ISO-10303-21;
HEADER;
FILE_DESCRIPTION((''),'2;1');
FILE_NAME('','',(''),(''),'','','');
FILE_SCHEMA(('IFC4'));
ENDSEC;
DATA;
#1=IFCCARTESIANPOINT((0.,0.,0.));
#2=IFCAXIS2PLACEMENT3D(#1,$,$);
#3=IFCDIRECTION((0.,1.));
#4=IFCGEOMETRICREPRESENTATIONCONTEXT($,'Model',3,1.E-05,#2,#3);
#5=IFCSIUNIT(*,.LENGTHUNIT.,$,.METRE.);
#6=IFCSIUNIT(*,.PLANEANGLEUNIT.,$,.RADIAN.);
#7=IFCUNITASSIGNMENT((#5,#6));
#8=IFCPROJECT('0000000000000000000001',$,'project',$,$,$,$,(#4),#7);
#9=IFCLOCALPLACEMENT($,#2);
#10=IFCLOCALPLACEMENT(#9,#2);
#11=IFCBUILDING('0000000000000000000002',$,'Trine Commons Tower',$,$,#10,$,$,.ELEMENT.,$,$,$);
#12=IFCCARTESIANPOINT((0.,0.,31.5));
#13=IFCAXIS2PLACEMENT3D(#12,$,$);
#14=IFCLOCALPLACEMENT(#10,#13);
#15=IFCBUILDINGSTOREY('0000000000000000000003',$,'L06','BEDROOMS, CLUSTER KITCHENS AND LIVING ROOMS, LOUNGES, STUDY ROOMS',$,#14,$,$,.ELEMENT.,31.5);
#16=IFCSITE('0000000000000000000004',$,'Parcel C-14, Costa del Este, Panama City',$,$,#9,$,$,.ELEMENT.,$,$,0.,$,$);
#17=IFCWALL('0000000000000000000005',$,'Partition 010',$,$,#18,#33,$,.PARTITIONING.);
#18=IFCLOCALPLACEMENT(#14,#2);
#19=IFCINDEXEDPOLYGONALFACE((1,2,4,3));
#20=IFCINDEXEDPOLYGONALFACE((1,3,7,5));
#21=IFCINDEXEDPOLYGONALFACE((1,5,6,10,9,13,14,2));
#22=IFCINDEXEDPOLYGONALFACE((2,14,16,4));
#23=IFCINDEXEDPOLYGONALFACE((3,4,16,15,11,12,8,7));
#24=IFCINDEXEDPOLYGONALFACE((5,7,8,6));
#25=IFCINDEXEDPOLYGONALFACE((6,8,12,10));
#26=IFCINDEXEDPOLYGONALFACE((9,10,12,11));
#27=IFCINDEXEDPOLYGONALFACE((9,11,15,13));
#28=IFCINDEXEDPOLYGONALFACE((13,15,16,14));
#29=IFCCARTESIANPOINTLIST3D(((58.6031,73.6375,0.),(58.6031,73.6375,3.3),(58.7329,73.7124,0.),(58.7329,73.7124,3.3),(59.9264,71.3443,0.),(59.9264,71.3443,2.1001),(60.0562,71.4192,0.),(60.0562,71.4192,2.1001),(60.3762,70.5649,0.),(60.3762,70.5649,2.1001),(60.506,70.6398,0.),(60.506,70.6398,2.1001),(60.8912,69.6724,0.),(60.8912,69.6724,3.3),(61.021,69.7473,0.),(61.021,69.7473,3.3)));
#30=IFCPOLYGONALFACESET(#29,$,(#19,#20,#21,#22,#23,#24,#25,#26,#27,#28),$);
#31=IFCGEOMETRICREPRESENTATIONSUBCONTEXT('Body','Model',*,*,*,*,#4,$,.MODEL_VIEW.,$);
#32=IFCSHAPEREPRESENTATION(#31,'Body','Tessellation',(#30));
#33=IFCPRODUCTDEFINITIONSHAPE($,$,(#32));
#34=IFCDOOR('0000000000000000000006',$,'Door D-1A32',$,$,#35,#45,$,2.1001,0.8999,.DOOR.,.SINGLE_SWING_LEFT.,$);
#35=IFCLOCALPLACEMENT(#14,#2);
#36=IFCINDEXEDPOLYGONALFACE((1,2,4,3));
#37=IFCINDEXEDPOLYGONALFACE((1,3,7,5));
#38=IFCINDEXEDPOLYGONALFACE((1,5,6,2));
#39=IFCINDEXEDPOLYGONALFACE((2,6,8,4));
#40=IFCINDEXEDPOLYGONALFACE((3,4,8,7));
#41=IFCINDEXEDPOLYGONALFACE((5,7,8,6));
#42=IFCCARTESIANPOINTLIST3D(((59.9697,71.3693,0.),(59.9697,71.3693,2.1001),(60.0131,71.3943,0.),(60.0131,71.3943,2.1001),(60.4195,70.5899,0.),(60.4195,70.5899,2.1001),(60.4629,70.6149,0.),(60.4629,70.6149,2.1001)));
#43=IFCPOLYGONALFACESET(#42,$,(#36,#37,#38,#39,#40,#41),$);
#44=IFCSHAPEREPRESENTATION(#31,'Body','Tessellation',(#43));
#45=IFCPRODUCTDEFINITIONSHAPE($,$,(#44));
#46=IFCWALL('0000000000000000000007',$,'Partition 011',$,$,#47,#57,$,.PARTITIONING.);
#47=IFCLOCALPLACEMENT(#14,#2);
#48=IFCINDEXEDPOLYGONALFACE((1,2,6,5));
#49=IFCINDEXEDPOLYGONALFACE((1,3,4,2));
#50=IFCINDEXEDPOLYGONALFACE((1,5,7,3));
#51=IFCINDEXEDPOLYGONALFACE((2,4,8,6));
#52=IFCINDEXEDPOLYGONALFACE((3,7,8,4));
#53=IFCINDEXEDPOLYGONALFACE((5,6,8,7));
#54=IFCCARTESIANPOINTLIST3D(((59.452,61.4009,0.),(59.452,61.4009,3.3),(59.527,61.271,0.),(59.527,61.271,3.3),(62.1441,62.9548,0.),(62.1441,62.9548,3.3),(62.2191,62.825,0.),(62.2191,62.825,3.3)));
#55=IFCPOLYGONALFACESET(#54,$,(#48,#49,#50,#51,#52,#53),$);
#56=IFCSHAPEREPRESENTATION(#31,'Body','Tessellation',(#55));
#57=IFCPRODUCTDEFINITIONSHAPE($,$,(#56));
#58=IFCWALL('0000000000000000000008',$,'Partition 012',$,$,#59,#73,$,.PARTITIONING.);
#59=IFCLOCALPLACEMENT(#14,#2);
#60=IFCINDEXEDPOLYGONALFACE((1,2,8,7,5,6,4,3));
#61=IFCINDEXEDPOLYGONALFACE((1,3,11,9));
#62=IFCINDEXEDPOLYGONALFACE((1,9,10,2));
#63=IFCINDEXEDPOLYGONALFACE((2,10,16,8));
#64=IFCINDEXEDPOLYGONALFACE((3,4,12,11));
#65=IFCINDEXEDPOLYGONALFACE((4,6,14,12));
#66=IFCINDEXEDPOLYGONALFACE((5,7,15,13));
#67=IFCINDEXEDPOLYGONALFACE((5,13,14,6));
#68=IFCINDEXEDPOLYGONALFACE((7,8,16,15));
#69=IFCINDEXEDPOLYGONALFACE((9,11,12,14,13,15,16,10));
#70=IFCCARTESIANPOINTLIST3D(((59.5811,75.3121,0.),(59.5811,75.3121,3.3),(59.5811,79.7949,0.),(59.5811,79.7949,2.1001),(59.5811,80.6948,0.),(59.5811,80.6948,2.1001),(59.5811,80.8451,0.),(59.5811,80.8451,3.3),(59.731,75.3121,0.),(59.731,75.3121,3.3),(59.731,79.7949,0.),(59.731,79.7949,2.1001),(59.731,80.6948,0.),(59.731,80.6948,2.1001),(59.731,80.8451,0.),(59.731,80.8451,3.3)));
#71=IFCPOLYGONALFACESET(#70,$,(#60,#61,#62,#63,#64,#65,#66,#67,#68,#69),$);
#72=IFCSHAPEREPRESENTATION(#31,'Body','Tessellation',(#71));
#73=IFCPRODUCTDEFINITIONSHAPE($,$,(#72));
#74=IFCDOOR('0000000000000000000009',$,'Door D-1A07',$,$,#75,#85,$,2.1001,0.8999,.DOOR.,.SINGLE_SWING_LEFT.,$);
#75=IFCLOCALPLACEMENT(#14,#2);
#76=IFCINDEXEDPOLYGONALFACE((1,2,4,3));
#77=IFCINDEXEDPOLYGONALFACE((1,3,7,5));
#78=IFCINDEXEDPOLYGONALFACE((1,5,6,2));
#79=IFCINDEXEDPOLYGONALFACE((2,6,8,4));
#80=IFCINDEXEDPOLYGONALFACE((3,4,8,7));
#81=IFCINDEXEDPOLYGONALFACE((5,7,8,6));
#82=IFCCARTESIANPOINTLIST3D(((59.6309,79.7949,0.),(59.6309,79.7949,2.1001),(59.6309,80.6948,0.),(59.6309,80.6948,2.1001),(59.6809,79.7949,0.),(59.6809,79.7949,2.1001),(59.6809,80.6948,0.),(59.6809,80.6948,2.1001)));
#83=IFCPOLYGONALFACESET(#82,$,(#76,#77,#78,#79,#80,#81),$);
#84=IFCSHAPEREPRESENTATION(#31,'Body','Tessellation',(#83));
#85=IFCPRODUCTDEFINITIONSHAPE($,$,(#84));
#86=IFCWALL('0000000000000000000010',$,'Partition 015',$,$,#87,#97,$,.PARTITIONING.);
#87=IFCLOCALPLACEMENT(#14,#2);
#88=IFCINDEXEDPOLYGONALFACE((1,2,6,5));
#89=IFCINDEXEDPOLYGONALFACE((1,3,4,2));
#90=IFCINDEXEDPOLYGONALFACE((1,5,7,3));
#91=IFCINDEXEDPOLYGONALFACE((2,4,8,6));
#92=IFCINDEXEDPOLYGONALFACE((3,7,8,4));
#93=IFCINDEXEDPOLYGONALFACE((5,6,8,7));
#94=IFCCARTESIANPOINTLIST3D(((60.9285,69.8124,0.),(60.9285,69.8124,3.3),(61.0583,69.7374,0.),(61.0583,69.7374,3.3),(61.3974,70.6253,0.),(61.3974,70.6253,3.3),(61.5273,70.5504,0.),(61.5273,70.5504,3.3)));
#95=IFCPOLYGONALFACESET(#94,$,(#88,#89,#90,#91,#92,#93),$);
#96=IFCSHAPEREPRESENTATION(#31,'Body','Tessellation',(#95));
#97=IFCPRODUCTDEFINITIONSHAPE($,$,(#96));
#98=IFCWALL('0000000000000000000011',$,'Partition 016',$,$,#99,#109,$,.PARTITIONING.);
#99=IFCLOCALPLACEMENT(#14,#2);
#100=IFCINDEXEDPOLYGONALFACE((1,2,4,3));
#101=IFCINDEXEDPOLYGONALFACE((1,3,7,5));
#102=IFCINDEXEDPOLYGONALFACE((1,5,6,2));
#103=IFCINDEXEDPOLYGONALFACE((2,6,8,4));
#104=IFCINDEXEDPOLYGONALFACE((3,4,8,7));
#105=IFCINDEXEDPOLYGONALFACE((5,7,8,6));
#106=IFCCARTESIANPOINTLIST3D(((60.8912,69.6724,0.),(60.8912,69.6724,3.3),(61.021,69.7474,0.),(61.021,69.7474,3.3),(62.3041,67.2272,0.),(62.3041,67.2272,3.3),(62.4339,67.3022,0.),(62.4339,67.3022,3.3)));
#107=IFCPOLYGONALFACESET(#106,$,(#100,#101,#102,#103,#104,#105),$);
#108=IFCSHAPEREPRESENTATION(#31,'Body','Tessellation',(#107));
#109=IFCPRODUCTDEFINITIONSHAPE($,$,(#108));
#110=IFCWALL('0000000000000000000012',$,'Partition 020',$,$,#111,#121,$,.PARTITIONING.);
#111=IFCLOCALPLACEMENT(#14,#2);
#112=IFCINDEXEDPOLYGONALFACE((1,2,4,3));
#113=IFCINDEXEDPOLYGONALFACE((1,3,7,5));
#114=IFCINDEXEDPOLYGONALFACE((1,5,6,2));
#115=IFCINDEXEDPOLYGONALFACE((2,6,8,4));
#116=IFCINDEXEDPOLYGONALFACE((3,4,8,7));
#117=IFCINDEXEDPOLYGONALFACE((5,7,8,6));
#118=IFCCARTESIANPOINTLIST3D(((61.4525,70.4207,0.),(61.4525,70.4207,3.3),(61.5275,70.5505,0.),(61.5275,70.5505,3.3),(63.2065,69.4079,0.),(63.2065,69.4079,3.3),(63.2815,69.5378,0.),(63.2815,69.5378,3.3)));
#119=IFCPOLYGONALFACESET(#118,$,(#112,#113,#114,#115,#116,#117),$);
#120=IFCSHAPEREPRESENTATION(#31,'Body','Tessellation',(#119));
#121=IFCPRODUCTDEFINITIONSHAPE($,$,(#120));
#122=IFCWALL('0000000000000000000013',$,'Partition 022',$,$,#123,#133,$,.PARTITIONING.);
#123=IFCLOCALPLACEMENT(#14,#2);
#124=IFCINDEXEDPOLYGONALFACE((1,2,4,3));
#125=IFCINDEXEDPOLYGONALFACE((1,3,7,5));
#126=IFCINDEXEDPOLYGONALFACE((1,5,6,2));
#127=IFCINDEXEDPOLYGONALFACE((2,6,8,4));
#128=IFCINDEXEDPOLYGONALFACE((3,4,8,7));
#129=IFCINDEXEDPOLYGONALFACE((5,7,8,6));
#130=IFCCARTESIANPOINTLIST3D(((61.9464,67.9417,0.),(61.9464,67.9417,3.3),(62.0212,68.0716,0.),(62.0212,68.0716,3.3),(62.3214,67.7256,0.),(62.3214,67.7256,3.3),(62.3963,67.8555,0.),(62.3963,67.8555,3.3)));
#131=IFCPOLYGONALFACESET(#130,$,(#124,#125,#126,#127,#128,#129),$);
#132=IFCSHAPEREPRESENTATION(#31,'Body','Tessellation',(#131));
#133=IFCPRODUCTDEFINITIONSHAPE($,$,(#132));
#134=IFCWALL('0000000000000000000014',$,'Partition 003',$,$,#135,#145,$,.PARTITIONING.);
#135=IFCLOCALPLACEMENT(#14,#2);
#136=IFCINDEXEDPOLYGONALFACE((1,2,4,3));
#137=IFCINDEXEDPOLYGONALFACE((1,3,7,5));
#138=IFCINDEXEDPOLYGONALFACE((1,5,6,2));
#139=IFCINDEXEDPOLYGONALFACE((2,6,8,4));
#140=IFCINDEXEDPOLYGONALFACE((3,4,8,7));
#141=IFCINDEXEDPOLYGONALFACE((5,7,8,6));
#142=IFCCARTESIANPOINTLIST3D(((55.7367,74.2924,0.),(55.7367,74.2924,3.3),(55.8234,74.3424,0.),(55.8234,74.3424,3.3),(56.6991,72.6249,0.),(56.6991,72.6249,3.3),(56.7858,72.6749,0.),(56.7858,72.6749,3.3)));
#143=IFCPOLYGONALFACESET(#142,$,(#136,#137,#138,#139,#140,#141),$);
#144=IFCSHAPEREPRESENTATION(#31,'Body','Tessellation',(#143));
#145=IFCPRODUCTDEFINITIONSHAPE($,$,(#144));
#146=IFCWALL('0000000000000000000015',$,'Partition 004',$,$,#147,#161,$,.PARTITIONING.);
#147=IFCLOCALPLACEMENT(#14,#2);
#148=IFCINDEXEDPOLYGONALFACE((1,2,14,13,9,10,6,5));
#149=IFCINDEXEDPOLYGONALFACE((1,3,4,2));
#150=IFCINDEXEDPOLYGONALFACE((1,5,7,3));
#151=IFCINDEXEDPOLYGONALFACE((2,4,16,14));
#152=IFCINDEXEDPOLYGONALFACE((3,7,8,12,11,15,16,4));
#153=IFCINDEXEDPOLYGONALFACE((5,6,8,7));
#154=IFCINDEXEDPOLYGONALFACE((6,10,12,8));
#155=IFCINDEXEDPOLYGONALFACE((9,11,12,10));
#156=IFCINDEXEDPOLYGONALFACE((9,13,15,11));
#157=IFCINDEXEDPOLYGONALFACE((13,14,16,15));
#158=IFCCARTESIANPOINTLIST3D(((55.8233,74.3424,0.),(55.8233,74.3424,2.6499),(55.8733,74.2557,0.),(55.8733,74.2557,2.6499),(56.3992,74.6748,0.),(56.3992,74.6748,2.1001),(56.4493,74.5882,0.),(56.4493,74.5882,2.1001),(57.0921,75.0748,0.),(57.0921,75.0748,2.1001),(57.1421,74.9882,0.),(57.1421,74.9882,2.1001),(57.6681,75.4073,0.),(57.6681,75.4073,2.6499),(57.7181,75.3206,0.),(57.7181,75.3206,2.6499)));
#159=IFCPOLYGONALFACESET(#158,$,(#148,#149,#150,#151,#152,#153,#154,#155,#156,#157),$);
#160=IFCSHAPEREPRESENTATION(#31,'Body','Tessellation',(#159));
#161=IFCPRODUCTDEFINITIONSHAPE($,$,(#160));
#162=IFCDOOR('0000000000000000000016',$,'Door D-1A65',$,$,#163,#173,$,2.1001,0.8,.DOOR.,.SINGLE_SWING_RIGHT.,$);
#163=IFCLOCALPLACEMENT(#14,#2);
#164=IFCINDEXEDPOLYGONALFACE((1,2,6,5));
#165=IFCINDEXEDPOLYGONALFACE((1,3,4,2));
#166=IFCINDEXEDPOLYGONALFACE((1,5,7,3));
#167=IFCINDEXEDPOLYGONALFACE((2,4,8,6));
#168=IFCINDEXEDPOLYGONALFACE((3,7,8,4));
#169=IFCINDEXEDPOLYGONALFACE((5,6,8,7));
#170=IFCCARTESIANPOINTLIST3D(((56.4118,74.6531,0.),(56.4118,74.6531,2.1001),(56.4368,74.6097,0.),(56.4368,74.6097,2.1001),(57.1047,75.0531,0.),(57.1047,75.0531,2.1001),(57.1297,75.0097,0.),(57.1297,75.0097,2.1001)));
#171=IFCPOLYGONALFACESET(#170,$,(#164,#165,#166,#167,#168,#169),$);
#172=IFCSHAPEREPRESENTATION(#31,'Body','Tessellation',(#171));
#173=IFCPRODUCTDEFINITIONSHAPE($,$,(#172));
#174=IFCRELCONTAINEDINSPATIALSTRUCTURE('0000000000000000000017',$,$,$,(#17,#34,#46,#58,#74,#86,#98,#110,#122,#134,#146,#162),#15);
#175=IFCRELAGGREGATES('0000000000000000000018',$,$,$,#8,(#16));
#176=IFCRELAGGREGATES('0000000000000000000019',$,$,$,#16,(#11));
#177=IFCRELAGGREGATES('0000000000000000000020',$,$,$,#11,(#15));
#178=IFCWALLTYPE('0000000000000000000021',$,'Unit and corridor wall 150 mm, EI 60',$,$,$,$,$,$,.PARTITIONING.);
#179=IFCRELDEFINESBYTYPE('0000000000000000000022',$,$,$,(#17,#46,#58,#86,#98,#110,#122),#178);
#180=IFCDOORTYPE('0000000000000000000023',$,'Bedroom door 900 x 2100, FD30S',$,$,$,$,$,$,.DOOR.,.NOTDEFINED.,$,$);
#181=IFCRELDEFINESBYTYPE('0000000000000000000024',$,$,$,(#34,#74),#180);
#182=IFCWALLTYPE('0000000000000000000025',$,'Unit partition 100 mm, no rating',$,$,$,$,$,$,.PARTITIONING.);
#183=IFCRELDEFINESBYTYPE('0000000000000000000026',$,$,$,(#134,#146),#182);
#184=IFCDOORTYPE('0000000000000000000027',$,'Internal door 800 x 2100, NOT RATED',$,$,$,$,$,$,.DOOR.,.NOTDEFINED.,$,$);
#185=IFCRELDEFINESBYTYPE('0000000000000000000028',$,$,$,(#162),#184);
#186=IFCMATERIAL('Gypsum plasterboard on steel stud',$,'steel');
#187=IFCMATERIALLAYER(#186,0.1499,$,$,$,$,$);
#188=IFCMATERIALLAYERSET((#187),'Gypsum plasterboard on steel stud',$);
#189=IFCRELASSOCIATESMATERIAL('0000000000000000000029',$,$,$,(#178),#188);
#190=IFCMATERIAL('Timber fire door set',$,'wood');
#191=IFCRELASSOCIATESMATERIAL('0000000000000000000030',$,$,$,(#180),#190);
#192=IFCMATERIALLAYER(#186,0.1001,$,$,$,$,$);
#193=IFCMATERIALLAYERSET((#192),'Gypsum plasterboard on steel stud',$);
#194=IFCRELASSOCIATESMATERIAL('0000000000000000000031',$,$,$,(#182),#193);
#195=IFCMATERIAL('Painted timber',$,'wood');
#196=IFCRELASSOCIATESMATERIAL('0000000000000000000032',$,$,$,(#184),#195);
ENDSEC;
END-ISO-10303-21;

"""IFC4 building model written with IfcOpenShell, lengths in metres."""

from ifc_helpers import new_model, si_unit, direction, frame, frame_2d, origin, place, context, subcontext, project, spatial, rectangle, extrude, material, layer, layer_set, type_object, element, fill, save


model = new_model("IFC4")

# Units and contexts
model_context = context("Model", 3, precision=1e-05, world=origin(), true_north=direction((0.0, 1.0)))
body_context = subcontext(model_context, "Body", "Model", "MODEL_VIEW")
ifc_project = project(units=[si_unit("LENGTHUNIT", "METRE"), si_unit("PLANEANGLEUNIT", "RADIAN")], contexts=[model_context])

# Site, building, storey
site_placement = place(None, origin())
site = spatial("IfcSite", under=ifc_project, at=site_placement, Name="Parcel C-14, Costa del Este, Panama City", CompositionType="ELEMENT", RefElevation=0.0)
building_placement = place(site_placement, origin())
building = spatial("IfcBuilding", under=site, at=building_placement, Name="Trine Commons Tower", CompositionType="ELEMENT")
storey_placement = place(building_placement, frame((0.0, 0.0, 31.5)))
storey = spatial("IfcBuildingStorey", under=building, at=storey_placement, Name="L06", Description="BEDROOMS, CLUSTER KITCHENS AND LIVING ROOMS, LOUNGES, STUDY ROOMS", CompositionType="ELEMENT", Elevation=31.5)

# Shared definitions
ifc_material_1 = material(Name="Gypsum plasterboard on steel stud", Category="steel")
ifc_layer_1 = layer(ifc_material_1, 0.1499)
ifc_layer_set_1 = layer_set([ifc_layer_1], Name="Gypsum plasterboard on steel stud")
wall_type_1 = type_object("IfcWallType", Name="Unit and corridor wall 150 mm, EI 60", PredefinedType="PARTITIONING", material=ifc_layer_set_1)

# Wall, opening, door
wall_1_placement = place(storey_placement, frame((58.668, 73.675, 0.0), z_axis=(0.0, 0.0, 1.0), x_axis=(0.49981, -0.866135, 0.0)))
wall_1 = element("IfcWall", 1, at=wall_1_placement, inside=storey, type_object=wall_type_1, Name="Partition 010", PredefinedType="PARTITIONING", context=body_context, shape_type="SweptSolid", body=[
    extrude(rectangle(XDim=4.5779, YDim=0.1499, at=frame_2d((2.2891, 0.0))), origin(), (0.0, 0.0, 1.0), 3.3),
])
opening_1_placement = place(wall_1_placement, frame((2.6477, 0.0, 0.0)))
opening_1 = element("IfcOpeningElement", 2, at=opening_1_placement, cuts=wall_1, PredefinedType="OPENING", context=body_context, shape_type="SweptSolid", body=[
    extrude(rectangle(XDim=0.8999, YDim=2.1001, at=frame_2d((0.45, 1.05))), frame((0.0, 0.085, 0.0), z_axis=(0.0, -1.0, 0.0), x_axis=(1.0, 0.0, 0.0)), (0.0, 0.0, 1.0), 0.1699),
])
ifc_material_2 = material(Name="Timber fire door set", Category="wood")
door_type_1 = type_object("IfcDoorType", Name="Bedroom door 900 x 2100, FD30S", OperationType="NOTDEFINED", PredefinedType="DOOR", material=ifc_material_2)
door_1_placement = place(opening_1_placement, frame((0.8999, 0.0, 0.0), z_axis=(0.0, 0.0, 1.0), x_axis=(-1.0, 0.0, 0.0)))
door_1 = element("IfcDoor", 3, at=door_1_placement, inside=storey, type_object=door_type_1, Name="Door D-1A32", OperationType="SINGLE_SWING_LEFT", OverallHeight=2.1001, OverallWidth=0.8999, PredefinedType="DOOR", context=body_context, shape_type="SweptSolid", body=[
    extrude(rectangle(XDim=0.8999, YDim=2.1001, at=frame_2d((0.45, 1.05))), frame((0.0, 0.0249, 0.0), z_axis=(0.0, -1.0, 0.0), x_axis=(1.0, 0.0, 0.0)), (0.0, 0.0, 1.0), 0.05),
])
fill(opening_1, door_1)

# Wall
wall_2_placement = place(storey_placement, frame((59.4895, 61.3359, 0.0), z_axis=(0.0, 0.0, 1.0), x_axis=(0.866074, 0.499915, 0.0)))
element("IfcWall", 4, at=wall_2_placement, inside=storey, type_object=wall_type_1, Name="Partition 011", PredefinedType="PARTITIONING", context=body_context, shape_type="SweptSolid", body=[
    extrude(rectangle(XDim=3.1084, YDim=0.1499, at=frame_2d((1.5542, 0.0))), origin(), (0.0, 0.0, 1.0), 3.3),
])

# Wall, opening, door
wall_3_placement = place(storey_placement, frame((59.656, 75.312, 0.0), z_axis=(0.0, 0.0, 1.0), x_axis=(0.0, 1.0, 0.0)))
wall_3 = element("IfcWall", 5, at=wall_3_placement, inside=storey, type_object=wall_type_1, Name="Partition 012", PredefinedType="PARTITIONING", context=body_context, shape_type="SweptSolid", body=[
    extrude(rectangle(XDim=5.533, YDim=0.1499, at=frame_2d((2.7666, 0.0))), origin(), (0.0, 0.0, 1.0), 3.3),
])
opening_2_placement = place(wall_3_placement, frame((4.4829, 0.0, 0.0)))
opening_2 = element("IfcOpeningElement", 6, at=opening_2_placement, cuts=wall_3, PredefinedType="OPENING", context=body_context, shape_type="SweptSolid", body=[
    extrude(rectangle(XDim=0.8999, YDim=2.1001, at=frame_2d((0.45, 1.05))), frame((0.0, 0.085, 0.0), z_axis=(0.0, -1.0, 0.0), x_axis=(1.0, 0.0, 0.0)), (0.0, 0.0, 1.0), 0.1699),
])
door_2_placement = place(opening_2_placement, frame((0.8999, 0.0, 0.0), z_axis=(0.0, 0.0, 1.0), x_axis=(-1.0, 0.0, 0.0)))
door_2 = element("IfcDoor", 7, at=door_2_placement, inside=storey, type_object=door_type_1, Name="Door D-1A07", OperationType="SINGLE_SWING_LEFT", OverallHeight=2.1001, OverallWidth=0.8999, PredefinedType="DOOR", context=body_context, shape_type="SweptSolid", body=[
    extrude(rectangle(XDim=0.8999, YDim=2.1001, at=frame_2d((0.45, 1.05))), frame((0.0, 0.0249, 0.0), z_axis=(0.0, -1.0, 0.0), x_axis=(1.0, 0.0, 0.0)), (0.0, 0.0, 1.0), 0.05),
])
fill(opening_2, door_2)

# Walls
wall_4_placement = place(storey_placement, frame((60.9934, 69.7749, 0.0), z_axis=(0.0, 0.0, 1.0), x_axis=(0.499692, 0.866203, 0.0)))
element("IfcWall", 8, at=wall_4_placement, inside=storey, type_object=wall_type_1, Name="Partition 015", PredefinedType="PARTITIONING", context=body_context, shape_type="SweptSolid", body=[
    extrude(rectangle(XDim=0.9385, YDim=0.1499, at=frame_2d((0.4692, 0.0))), origin(), (0.0, 0.0, 1.0), 3.3),
])
wall_5_placement = place(storey_placement, frame((60.9561, 69.71, 0.0), z_axis=(0.0, 0.0, 1.0), x_axis=(0.500314, -0.865844, 0.0)))
element("IfcWall", 9, at=wall_5_placement, inside=storey, type_object=wall_type_1, Name="Partition 016", PredefinedType="PARTITIONING", context=body_context, shape_type="SweptSolid", body=[
    extrude(rectangle(XDim=2.824, YDim=0.1499, at=frame_2d((1.4121, 0.0))), origin(), (0.0, 0.0, 1.0), 3.3),
])
wall_6_placement = place(storey_placement, frame((61.49, 70.4856, 0.0), z_axis=(0.0, 0.0, 1.0), x_axis=(0.866009, -0.500029, 0.0)))
element("IfcWall", 10, at=wall_6_placement, inside=storey, type_object=wall_type_1, Name="Partition 020", PredefinedType="PARTITIONING", context=body_context, shape_type="SweptSolid", body=[
    extrude(rectangle(XDim=2.0254, YDim=0.1499, at=frame_2d((1.0127, 0.0))), origin(), (0.0, 0.0, 1.0), 3.3),
])
wall_7_placement = place(storey_placement, frame((61.9839, 68.0066, 0.0), z_axis=(0.0, 0.0, 1.0), x_axis=(0.866467, -0.499234, 0.0)))
element("IfcWall", 11, at=wall_7_placement, inside=storey, type_object=wall_type_1, Name="Partition 022", PredefinedType="PARTITIONING", context=body_context, shape_type="SweptSolid", body=[
    extrude(rectangle(XDim=0.4329, YDim=0.1499, at=frame_2d((0.2163, 0.0))), origin(), (0.0, 0.0, 1.0), 3.3),
])
ifc_layer_2 = layer(ifc_material_1, 0.1001)
ifc_layer_set_2 = layer_set([ifc_layer_2], Name="Gypsum plasterboard on steel stud")
wall_type_2 = type_object("IfcWallType", Name="Unit partition 100 mm, no rating", PredefinedType="PARTITIONING", material=ifc_layer_set_2)
wall_8_placement = place(storey_placement, frame((55.78, 74.3174, 0.0), z_axis=(0.0, 0.0, 1.0), x_axis=(0.499876, -0.866097, 0.0)))
element("IfcWall", 12, at=wall_8_placement, inside=storey, type_object=wall_type_2, Name="Partition 003", PredefinedType="PARTITIONING", context=body_context, shape_type="SweptSolid", body=[
    extrude(rectangle(XDim=1.9253, YDim=0.1001, at=frame_2d((0.9626, 0.0))), origin(), (0.0, 0.0, 1.0), 3.3),
])

# Wall, opening, door
wall_9_placement = place(storey_placement, frame((55.8484, 74.2991, 0.0), z_axis=(0.0, 0.0, 1.0), x_axis=(0.866048, 0.499961, 0.0)))
wall_9 = element("IfcWall", 13, at=wall_9_placement, inside=storey, type_object=wall_type_2, Name="Partition 004", PredefinedType="PARTITIONING", context=body_context, shape_type="SweptSolid", body=[
    extrude(rectangle(XDim=2.1301, YDim=0.1001, at=frame_2d((1.0649, 0.0))), origin(), (0.0, 0.0, 1.0), 2.6499),
])
opening_3_placement = place(wall_9_placement, frame((0.665, 0.0, 0.0)))
opening_3 = element("IfcOpeningElement", 14, at=opening_3_placement, cuts=wall_9, PredefinedType="OPENING", context=body_context, shape_type="SweptSolid", body=[
    extrude(rectangle(XDim=0.8, YDim=2.1001, at=frame_2d((0.3999, 1.05))), frame((0.0, 0.0601, 0.0), z_axis=(0.0, -1.0, 0.0), x_axis=(1.0, 0.0, 0.0)), (0.0, 0.0, 1.0), 0.1201),
])
ifc_material_3 = material(Name="Painted timber", Category="wood")
door_type_2 = type_object("IfcDoorType", Name="Internal door 800 x 2100, NOT RATED", OperationType="NOTDEFINED", PredefinedType="DOOR", material=ifc_material_3)
door_3_placement = place(opening_3_placement, origin())
door_3 = element("IfcDoor", 15, at=door_3_placement, inside=storey, type_object=door_type_2, Name="Door D-1A65", OperationType="SINGLE_SWING_RIGHT", OverallHeight=2.1001, OverallWidth=0.8, PredefinedType="DOOR", context=body_context, shape_type="SweptSolid", body=[
    extrude(rectangle(XDim=0.8, YDim=2.1001, at=frame_2d((0.3999, 1.05))), frame((0.0, 0.0249, 0.0), z_axis=(0.0, -1.0, 0.0), x_axis=(1.0, 0.0, 0.0)), (0.0, 0.0, 1.0), 0.05),
])
fill(opening_3, door_3)

save(model, "model.ifc")
